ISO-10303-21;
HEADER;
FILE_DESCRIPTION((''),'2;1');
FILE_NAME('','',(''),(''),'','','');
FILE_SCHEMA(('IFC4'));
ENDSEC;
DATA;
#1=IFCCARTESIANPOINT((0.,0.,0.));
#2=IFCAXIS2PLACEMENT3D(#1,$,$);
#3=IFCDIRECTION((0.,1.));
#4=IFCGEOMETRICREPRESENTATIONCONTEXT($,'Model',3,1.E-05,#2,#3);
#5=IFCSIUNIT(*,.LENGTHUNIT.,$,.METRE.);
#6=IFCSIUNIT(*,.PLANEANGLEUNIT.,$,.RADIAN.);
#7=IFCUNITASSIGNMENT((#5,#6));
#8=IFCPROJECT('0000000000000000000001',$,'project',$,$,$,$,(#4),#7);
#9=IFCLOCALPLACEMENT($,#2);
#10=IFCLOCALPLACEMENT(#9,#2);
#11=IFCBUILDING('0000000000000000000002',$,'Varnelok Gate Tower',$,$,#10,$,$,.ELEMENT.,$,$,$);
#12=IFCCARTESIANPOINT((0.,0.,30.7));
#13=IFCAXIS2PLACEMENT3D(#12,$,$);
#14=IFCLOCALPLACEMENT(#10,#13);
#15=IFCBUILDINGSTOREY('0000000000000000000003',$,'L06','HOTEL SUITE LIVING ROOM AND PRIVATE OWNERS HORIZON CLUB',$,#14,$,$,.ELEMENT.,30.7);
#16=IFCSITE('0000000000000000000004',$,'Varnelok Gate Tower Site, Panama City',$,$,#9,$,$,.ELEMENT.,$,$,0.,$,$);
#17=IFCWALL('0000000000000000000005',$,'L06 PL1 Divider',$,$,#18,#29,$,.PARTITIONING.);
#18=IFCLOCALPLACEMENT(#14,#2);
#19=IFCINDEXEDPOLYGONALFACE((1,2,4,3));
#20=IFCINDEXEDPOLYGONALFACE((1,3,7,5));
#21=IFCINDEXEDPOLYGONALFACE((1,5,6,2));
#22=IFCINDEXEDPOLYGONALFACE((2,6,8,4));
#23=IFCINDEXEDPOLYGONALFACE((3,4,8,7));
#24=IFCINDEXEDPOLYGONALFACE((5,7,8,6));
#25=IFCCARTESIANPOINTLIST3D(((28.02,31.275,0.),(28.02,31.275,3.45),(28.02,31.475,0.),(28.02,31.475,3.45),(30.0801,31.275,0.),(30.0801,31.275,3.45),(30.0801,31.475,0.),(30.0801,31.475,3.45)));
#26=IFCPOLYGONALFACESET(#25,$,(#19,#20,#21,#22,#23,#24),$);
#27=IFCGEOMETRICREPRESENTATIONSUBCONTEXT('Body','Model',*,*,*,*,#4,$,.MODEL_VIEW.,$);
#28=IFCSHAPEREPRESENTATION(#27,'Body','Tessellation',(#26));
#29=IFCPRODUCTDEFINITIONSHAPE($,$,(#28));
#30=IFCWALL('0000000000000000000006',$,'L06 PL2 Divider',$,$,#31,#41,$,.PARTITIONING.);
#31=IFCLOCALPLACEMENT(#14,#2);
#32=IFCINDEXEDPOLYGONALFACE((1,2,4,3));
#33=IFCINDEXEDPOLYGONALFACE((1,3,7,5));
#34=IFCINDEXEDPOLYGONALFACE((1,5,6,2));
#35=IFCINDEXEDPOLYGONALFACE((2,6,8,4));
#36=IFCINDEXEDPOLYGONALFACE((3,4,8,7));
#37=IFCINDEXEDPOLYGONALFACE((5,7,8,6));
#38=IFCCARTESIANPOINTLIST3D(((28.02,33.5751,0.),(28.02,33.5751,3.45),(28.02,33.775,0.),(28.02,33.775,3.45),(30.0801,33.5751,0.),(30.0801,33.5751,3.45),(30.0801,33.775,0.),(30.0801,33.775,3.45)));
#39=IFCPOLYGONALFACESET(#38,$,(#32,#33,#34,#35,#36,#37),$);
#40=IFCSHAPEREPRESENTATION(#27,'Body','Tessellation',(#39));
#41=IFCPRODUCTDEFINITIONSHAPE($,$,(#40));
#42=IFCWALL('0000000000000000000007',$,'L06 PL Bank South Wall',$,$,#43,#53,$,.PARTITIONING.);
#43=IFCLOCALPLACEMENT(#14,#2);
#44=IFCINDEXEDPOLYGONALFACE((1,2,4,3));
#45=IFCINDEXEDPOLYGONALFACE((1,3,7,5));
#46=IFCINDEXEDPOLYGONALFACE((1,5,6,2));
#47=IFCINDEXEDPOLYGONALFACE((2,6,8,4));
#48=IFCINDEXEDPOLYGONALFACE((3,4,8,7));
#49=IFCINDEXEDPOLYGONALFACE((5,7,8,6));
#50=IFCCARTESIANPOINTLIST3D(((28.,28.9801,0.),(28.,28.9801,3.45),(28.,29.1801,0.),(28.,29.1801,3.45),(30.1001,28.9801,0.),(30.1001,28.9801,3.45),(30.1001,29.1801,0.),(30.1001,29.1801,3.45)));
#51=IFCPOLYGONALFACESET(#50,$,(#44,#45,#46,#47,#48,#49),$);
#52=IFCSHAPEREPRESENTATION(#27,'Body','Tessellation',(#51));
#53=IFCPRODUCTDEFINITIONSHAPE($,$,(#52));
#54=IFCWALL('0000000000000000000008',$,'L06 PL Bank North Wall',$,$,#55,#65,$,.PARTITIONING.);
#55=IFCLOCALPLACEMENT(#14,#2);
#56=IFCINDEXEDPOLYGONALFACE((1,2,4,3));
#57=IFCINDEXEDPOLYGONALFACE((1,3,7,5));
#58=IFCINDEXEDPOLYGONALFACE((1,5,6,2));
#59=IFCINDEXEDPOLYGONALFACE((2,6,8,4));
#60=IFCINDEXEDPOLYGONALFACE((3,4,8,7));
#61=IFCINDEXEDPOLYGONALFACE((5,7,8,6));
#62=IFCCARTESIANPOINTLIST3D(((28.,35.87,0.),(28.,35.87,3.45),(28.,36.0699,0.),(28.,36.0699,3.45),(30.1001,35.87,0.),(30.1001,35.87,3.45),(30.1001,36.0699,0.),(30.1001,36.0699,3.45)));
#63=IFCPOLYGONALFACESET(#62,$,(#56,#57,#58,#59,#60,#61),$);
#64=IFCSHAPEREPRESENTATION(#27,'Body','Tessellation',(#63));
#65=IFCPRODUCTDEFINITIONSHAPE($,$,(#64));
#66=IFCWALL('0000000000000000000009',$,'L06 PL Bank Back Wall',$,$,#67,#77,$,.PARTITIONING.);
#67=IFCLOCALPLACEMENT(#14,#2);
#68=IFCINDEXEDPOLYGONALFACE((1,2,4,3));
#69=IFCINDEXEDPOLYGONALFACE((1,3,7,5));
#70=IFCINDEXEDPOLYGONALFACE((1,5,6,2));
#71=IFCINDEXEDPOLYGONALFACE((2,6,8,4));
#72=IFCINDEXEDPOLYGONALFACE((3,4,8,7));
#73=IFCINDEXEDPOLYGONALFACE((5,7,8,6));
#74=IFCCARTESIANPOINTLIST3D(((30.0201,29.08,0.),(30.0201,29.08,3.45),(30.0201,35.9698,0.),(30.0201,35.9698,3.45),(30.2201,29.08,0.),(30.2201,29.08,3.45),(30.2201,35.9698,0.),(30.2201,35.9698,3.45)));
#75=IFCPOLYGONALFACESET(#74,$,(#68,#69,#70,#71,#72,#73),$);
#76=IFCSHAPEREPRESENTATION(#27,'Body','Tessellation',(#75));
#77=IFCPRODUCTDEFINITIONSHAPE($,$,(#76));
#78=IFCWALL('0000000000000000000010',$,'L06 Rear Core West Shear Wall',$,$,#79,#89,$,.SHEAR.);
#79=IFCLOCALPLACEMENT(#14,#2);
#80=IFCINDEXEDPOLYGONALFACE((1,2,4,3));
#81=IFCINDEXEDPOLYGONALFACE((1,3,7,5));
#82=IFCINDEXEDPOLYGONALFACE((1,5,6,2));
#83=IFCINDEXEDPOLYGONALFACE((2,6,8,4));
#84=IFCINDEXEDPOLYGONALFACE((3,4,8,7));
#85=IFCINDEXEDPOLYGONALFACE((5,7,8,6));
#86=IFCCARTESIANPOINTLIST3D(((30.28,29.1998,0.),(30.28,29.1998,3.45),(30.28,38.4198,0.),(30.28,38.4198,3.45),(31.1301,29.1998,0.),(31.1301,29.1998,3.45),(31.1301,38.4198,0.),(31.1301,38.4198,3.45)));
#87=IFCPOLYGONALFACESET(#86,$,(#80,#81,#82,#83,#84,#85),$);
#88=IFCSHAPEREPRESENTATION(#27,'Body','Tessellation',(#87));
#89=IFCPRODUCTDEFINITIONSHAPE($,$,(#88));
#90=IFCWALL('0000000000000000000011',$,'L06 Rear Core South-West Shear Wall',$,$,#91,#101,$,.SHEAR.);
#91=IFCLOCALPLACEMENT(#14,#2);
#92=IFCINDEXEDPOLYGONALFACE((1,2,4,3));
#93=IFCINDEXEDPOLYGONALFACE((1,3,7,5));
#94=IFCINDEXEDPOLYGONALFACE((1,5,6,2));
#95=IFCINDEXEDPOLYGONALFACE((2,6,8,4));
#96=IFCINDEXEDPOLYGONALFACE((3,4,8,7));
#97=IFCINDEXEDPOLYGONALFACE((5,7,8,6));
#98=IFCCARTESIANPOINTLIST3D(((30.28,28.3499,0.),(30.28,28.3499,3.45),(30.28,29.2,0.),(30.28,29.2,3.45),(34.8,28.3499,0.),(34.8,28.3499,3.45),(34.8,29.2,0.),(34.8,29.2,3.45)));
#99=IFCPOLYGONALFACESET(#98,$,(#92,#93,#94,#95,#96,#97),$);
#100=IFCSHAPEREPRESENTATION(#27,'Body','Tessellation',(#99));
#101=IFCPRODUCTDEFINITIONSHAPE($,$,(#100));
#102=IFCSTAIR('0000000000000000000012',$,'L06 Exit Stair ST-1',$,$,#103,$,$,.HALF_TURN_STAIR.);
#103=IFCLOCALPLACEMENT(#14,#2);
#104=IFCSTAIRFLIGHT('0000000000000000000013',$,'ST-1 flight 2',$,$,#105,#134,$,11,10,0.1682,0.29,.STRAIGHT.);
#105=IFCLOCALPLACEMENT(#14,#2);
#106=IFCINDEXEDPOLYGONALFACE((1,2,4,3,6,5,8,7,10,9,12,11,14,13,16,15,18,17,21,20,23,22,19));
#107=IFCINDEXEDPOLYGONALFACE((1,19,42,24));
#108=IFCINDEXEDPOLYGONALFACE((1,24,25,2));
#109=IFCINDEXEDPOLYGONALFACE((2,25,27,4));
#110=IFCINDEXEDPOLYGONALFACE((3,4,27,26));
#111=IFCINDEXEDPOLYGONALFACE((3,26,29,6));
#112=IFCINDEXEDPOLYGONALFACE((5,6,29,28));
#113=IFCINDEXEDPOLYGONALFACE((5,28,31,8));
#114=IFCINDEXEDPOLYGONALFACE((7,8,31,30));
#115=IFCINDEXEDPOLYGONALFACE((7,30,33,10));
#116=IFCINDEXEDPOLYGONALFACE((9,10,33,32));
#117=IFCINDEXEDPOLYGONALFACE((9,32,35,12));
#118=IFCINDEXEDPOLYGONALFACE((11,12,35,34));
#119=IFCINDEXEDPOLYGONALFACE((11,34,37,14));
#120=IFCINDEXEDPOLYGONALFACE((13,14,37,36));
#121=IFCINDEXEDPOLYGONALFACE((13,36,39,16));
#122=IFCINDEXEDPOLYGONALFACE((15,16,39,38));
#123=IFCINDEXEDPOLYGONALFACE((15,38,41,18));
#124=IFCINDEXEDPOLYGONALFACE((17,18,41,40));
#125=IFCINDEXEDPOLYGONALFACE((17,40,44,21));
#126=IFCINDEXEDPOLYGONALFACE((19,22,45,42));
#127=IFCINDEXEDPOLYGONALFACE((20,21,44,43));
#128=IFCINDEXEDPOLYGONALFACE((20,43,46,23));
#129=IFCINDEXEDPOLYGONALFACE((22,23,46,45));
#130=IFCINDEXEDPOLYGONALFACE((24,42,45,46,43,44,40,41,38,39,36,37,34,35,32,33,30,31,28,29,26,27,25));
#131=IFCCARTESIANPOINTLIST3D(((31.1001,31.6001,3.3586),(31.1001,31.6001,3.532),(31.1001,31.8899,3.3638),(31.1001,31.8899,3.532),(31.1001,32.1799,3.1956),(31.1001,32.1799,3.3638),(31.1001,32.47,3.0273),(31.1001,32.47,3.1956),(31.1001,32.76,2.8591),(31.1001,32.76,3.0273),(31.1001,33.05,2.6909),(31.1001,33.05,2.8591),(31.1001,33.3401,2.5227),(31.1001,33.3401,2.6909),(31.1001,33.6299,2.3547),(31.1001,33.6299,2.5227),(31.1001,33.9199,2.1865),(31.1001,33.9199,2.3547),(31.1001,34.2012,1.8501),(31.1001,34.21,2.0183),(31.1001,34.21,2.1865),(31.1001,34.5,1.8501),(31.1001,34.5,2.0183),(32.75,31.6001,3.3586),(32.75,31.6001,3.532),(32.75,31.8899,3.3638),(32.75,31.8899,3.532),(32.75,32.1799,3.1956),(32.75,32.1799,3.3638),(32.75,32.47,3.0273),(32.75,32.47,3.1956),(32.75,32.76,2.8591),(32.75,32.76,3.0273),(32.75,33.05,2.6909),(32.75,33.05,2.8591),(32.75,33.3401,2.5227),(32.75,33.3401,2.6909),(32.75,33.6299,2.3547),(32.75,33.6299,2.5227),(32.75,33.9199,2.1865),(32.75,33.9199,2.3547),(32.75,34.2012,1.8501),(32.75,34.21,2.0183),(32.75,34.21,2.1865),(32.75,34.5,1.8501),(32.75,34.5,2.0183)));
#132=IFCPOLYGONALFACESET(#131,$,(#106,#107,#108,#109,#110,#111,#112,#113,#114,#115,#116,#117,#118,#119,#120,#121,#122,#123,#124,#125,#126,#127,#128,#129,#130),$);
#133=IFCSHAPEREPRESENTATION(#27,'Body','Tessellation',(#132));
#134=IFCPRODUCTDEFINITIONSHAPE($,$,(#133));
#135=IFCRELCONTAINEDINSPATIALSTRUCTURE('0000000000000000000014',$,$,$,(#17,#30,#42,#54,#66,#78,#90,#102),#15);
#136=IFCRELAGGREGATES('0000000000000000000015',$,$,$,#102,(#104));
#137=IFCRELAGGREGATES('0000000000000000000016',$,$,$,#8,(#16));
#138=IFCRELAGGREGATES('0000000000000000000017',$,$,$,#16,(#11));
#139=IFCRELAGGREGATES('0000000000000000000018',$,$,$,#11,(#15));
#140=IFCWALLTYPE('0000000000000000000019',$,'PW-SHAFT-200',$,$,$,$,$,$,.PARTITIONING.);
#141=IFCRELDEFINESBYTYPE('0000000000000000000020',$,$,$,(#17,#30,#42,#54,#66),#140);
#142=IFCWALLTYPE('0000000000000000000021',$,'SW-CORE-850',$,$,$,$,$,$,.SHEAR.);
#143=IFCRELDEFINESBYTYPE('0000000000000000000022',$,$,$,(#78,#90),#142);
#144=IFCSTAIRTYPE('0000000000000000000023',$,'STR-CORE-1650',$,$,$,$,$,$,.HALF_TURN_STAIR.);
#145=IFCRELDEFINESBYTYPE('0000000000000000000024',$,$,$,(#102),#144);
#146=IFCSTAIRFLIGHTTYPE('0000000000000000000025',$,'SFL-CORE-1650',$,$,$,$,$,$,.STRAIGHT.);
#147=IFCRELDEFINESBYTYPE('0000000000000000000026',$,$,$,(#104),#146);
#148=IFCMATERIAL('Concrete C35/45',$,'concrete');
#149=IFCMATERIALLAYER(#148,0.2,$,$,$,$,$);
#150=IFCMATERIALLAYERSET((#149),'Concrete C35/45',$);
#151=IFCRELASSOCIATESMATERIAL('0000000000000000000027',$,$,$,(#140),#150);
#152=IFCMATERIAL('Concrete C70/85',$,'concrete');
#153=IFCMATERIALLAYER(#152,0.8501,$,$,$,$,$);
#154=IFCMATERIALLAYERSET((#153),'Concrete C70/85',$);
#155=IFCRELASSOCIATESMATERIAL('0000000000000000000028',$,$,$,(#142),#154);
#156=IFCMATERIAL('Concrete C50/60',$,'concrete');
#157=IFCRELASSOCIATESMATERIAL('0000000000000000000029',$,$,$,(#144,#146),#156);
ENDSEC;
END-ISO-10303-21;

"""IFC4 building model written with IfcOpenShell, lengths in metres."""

from ifc_helpers import new_model, si_unit, direction, frame, frame_2d, origin, place, context, subcontext, project, spatial, polyline, rectangle, outline, extrude, material, layer, layer_set, type_object, element, aggregate, save


model = new_model("IFC4")

# Units and contexts
model_context = context("Model", 3, precision=1e-05, world=origin(), true_north=direction((0.0, 1.0)))
body_context = subcontext(model_context, "Body", "Model", "MODEL_VIEW")
ifc_project = project(units=[si_unit("LENGTHUNIT", "METRE"), si_unit("PLANEANGLEUNIT", "RADIAN")], contexts=[model_context])

# Site, building, storey
site_placement = place(None, origin())
site = spatial("IfcSite", under=ifc_project, at=site_placement, Name="Varnelok Gate Tower Site, Panama City", CompositionType="ELEMENT", RefElevation=0.0)
building_placement = place(site_placement, origin())
building = spatial("IfcBuilding", under=site, at=building_placement, Name="Varnelok Gate Tower", CompositionType="ELEMENT")
storey_placement = place(building_placement, frame((0.0, 0.0, 30.7)))
storey = spatial("IfcBuildingStorey", under=building, at=storey_placement, Name="L06", Description="HOTEL SUITE LIVING ROOM AND PRIVATE OWNERS HORIZON CLUB", CompositionType="ELEMENT", Elevation=30.7)

# Walls
ifc_material_1 = material(Name="Concrete C35/45", Category="concrete")
ifc_layer_1 = layer(ifc_material_1, 0.2)
ifc_layer_set_1 = layer_set([ifc_layer_1], Name="Concrete C35/45")
wall_type_1 = type_object("IfcWallType", Name="PW-SHAFT-200", PredefinedType="PARTITIONING", material=ifc_layer_set_1)
for number, where, z_axis, x_axis, name in (
    (1, (28.02, 31.375, 0.0), (0.0, 0.0, 1.0), (1.0, 0.0, 0.0), "L06 PL1 Divider"),
    (2, (28.02, 33.675, 0.0), (0.0, 0.0, 1.0), (1.0, 0.0, 0.0), "L06 PL2 Divider"),
):
    element("IfcWall", number, at=place(storey_placement, frame(where, z_axis=z_axis, x_axis=x_axis)), inside=storey, type_object=wall_type_1, Name=name, PredefinedType="PARTITIONING", context=body_context, shape_type="SweptSolid", body=[
        extrude(rectangle(XDim=2.0601, YDim=0.2, at=frame_2d((1.03, 0.0))), origin(), (0.0, 0.0, 1.0), 3.45),
    ])
for number, where, z_axis, x_axis, name in (
    (3, (28.0, 29.0801, 0.0), (0.0, 0.0, 1.0), (1.0, 0.0, 0.0), "L06 PL Bank South Wall"),
    (4, (28.0, 35.97, 0.0), (0.0, 0.0, 1.0), (1.0, 0.0, 0.0), "L06 PL Bank North Wall"),
):
    element("IfcWall", number, at=place(storey_placement, frame(where, z_axis=z_axis, x_axis=x_axis)), inside=storey, type_object=wall_type_1, Name=name, PredefinedType="PARTITIONING", context=body_context, shape_type="SweptSolid", body=[
        extrude(rectangle(XDim=2.1001, YDim=0.2, at=frame_2d((1.05, 0.0))), origin(), (0.0, 0.0, 1.0), 3.45),
    ])
wall_1_placement = place(storey_placement, frame((30.1201, 29.0801, 0.0), z_axis=(0.0, 0.0, 1.0), x_axis=(0.0, 1.0, 0.0)))
element("IfcWall", 5, at=wall_1_placement, inside=storey, type_object=wall_type_1, Name="L06 PL Bank Back Wall", PredefinedType="PARTITIONING", context=body_context, shape_type="SweptSolid", body=[
    extrude(rectangle(XDim=6.8899, YDim=0.2, at=frame_2d((3.4448, 0.0))), origin(), (0.0, 0.0, 1.0), 3.45),
])

# Walls
ifc_material_2 = material(Name="Concrete C70/85", Category="concrete")
ifc_layer_2 = layer(ifc_material_2, 0.8501)
ifc_layer_set_2 = layer_set([ifc_layer_2], Name="Concrete C70/85")
wall_type_2 = type_object("IfcWallType", Name="SW-CORE-850", PredefinedType="SHEAR", material=ifc_layer_set_2)
wall_2_placement = place(storey_placement, frame((30.7051, 29.2, 0.0), z_axis=(0.0, 0.0, 1.0), x_axis=(0.0, 1.0, 0.0)))
element("IfcWall", 6, at=wall_2_placement, inside=storey, type_object=wall_type_2, Name="L06 Rear Core West Shear Wall", PredefinedType="SHEAR", context=body_context, shape_type="SweptSolid", body=[
    extrude(rectangle(XDim=9.22, YDim=0.8501, at=frame_2d((4.6099, 0.0))), origin(), (0.0, 0.0, 1.0), 3.45),
])
wall_3_placement = place(storey_placement, frame((30.28, 28.7749, 0.0), z_axis=(0.0, 0.0, 1.0), x_axis=(1.0, 0.0, 0.0)))
element("IfcWall", 7, at=wall_3_placement, inside=storey, type_object=wall_type_2, Name="L06 Rear Core South-West Shear Wall", PredefinedType="SHEAR", context=body_context, shape_type="SweptSolid", body=[
    extrude(rectangle(XDim=4.52, YDim=0.8501, at=frame_2d((2.26, 0.0))), origin(), (0.0, 0.0, 1.0), 3.45),
])

# Stair, stair flight
ifc_material_3 = material(Name="Concrete C50/60", Category="concrete")
stair_type = type_object("IfcStairType", Name="STR-CORE-1650", PredefinedType="HALF_TURN_STAIR", material=ifc_material_3)
stair_placement = place(storey_placement, origin())
stair = element("IfcStair", 8, at=stair_placement, inside=storey, type_object=stair_type, Name="L06 Exit Stair ST-1", PredefinedType="HALF_TURN_STAIR")
stair_flight_type = type_object("IfcStairFlightType", Name="SFL-CORE-1650", PredefinedType="STRAIGHT", material=ifc_material_3)
stair_flight_placement = place(storey_placement, frame((31.925, 34.5, 1.8501), z_axis=(0.0, 0.0, 1.0), x_axis=(0.0, -1.0, 0.0)))
stair_flight = element("IfcStairFlight", 9, at=stair_flight_placement, type_object=stair_flight_type, Name="ST-1 flight 2", NumberOfRisers=11, NumberOfTreads=10, PredefinedType="STRAIGHT", RiserHeight=0.1682, TreadLength=0.29, context=body_context, shape_type="SweptSolid", body=[
    extrude(outline(polyline([(0.0, 0.0), (0.0, 0.1682), (0.29, 0.1682), (0.29, 0.3364), (0.5801, 0.3364), (0.5801, 0.5046), (0.8701, 0.5046), (0.8701, 0.6726), (1.1599, 0.6726), (1.1599, 0.8408), (1.45, 0.8408), (1.45, 1.009), (1.74, 1.009), (1.74, 1.1772), (2.03, 1.1772), (2.03, 1.3455), (2.3201, 1.3455), (2.3201, 1.5137), (2.6101, 1.5137), (2.6101, 1.6819), (2.8999, 1.6819), (2.8999, 1.8501), (2.8999, 1.5085), (0.2988, 0.0), (0.0, 0.0)])), frame((0.0, 0.825, 0.0), z_axis=(0.0, -1.0, 0.0), x_axis=(1.0, 0.0, 0.0)), (0.0, 0.0, 1.0), 1.6499),
])
aggregate(stair, [stair_flight])

save(model, "model.ifc")
